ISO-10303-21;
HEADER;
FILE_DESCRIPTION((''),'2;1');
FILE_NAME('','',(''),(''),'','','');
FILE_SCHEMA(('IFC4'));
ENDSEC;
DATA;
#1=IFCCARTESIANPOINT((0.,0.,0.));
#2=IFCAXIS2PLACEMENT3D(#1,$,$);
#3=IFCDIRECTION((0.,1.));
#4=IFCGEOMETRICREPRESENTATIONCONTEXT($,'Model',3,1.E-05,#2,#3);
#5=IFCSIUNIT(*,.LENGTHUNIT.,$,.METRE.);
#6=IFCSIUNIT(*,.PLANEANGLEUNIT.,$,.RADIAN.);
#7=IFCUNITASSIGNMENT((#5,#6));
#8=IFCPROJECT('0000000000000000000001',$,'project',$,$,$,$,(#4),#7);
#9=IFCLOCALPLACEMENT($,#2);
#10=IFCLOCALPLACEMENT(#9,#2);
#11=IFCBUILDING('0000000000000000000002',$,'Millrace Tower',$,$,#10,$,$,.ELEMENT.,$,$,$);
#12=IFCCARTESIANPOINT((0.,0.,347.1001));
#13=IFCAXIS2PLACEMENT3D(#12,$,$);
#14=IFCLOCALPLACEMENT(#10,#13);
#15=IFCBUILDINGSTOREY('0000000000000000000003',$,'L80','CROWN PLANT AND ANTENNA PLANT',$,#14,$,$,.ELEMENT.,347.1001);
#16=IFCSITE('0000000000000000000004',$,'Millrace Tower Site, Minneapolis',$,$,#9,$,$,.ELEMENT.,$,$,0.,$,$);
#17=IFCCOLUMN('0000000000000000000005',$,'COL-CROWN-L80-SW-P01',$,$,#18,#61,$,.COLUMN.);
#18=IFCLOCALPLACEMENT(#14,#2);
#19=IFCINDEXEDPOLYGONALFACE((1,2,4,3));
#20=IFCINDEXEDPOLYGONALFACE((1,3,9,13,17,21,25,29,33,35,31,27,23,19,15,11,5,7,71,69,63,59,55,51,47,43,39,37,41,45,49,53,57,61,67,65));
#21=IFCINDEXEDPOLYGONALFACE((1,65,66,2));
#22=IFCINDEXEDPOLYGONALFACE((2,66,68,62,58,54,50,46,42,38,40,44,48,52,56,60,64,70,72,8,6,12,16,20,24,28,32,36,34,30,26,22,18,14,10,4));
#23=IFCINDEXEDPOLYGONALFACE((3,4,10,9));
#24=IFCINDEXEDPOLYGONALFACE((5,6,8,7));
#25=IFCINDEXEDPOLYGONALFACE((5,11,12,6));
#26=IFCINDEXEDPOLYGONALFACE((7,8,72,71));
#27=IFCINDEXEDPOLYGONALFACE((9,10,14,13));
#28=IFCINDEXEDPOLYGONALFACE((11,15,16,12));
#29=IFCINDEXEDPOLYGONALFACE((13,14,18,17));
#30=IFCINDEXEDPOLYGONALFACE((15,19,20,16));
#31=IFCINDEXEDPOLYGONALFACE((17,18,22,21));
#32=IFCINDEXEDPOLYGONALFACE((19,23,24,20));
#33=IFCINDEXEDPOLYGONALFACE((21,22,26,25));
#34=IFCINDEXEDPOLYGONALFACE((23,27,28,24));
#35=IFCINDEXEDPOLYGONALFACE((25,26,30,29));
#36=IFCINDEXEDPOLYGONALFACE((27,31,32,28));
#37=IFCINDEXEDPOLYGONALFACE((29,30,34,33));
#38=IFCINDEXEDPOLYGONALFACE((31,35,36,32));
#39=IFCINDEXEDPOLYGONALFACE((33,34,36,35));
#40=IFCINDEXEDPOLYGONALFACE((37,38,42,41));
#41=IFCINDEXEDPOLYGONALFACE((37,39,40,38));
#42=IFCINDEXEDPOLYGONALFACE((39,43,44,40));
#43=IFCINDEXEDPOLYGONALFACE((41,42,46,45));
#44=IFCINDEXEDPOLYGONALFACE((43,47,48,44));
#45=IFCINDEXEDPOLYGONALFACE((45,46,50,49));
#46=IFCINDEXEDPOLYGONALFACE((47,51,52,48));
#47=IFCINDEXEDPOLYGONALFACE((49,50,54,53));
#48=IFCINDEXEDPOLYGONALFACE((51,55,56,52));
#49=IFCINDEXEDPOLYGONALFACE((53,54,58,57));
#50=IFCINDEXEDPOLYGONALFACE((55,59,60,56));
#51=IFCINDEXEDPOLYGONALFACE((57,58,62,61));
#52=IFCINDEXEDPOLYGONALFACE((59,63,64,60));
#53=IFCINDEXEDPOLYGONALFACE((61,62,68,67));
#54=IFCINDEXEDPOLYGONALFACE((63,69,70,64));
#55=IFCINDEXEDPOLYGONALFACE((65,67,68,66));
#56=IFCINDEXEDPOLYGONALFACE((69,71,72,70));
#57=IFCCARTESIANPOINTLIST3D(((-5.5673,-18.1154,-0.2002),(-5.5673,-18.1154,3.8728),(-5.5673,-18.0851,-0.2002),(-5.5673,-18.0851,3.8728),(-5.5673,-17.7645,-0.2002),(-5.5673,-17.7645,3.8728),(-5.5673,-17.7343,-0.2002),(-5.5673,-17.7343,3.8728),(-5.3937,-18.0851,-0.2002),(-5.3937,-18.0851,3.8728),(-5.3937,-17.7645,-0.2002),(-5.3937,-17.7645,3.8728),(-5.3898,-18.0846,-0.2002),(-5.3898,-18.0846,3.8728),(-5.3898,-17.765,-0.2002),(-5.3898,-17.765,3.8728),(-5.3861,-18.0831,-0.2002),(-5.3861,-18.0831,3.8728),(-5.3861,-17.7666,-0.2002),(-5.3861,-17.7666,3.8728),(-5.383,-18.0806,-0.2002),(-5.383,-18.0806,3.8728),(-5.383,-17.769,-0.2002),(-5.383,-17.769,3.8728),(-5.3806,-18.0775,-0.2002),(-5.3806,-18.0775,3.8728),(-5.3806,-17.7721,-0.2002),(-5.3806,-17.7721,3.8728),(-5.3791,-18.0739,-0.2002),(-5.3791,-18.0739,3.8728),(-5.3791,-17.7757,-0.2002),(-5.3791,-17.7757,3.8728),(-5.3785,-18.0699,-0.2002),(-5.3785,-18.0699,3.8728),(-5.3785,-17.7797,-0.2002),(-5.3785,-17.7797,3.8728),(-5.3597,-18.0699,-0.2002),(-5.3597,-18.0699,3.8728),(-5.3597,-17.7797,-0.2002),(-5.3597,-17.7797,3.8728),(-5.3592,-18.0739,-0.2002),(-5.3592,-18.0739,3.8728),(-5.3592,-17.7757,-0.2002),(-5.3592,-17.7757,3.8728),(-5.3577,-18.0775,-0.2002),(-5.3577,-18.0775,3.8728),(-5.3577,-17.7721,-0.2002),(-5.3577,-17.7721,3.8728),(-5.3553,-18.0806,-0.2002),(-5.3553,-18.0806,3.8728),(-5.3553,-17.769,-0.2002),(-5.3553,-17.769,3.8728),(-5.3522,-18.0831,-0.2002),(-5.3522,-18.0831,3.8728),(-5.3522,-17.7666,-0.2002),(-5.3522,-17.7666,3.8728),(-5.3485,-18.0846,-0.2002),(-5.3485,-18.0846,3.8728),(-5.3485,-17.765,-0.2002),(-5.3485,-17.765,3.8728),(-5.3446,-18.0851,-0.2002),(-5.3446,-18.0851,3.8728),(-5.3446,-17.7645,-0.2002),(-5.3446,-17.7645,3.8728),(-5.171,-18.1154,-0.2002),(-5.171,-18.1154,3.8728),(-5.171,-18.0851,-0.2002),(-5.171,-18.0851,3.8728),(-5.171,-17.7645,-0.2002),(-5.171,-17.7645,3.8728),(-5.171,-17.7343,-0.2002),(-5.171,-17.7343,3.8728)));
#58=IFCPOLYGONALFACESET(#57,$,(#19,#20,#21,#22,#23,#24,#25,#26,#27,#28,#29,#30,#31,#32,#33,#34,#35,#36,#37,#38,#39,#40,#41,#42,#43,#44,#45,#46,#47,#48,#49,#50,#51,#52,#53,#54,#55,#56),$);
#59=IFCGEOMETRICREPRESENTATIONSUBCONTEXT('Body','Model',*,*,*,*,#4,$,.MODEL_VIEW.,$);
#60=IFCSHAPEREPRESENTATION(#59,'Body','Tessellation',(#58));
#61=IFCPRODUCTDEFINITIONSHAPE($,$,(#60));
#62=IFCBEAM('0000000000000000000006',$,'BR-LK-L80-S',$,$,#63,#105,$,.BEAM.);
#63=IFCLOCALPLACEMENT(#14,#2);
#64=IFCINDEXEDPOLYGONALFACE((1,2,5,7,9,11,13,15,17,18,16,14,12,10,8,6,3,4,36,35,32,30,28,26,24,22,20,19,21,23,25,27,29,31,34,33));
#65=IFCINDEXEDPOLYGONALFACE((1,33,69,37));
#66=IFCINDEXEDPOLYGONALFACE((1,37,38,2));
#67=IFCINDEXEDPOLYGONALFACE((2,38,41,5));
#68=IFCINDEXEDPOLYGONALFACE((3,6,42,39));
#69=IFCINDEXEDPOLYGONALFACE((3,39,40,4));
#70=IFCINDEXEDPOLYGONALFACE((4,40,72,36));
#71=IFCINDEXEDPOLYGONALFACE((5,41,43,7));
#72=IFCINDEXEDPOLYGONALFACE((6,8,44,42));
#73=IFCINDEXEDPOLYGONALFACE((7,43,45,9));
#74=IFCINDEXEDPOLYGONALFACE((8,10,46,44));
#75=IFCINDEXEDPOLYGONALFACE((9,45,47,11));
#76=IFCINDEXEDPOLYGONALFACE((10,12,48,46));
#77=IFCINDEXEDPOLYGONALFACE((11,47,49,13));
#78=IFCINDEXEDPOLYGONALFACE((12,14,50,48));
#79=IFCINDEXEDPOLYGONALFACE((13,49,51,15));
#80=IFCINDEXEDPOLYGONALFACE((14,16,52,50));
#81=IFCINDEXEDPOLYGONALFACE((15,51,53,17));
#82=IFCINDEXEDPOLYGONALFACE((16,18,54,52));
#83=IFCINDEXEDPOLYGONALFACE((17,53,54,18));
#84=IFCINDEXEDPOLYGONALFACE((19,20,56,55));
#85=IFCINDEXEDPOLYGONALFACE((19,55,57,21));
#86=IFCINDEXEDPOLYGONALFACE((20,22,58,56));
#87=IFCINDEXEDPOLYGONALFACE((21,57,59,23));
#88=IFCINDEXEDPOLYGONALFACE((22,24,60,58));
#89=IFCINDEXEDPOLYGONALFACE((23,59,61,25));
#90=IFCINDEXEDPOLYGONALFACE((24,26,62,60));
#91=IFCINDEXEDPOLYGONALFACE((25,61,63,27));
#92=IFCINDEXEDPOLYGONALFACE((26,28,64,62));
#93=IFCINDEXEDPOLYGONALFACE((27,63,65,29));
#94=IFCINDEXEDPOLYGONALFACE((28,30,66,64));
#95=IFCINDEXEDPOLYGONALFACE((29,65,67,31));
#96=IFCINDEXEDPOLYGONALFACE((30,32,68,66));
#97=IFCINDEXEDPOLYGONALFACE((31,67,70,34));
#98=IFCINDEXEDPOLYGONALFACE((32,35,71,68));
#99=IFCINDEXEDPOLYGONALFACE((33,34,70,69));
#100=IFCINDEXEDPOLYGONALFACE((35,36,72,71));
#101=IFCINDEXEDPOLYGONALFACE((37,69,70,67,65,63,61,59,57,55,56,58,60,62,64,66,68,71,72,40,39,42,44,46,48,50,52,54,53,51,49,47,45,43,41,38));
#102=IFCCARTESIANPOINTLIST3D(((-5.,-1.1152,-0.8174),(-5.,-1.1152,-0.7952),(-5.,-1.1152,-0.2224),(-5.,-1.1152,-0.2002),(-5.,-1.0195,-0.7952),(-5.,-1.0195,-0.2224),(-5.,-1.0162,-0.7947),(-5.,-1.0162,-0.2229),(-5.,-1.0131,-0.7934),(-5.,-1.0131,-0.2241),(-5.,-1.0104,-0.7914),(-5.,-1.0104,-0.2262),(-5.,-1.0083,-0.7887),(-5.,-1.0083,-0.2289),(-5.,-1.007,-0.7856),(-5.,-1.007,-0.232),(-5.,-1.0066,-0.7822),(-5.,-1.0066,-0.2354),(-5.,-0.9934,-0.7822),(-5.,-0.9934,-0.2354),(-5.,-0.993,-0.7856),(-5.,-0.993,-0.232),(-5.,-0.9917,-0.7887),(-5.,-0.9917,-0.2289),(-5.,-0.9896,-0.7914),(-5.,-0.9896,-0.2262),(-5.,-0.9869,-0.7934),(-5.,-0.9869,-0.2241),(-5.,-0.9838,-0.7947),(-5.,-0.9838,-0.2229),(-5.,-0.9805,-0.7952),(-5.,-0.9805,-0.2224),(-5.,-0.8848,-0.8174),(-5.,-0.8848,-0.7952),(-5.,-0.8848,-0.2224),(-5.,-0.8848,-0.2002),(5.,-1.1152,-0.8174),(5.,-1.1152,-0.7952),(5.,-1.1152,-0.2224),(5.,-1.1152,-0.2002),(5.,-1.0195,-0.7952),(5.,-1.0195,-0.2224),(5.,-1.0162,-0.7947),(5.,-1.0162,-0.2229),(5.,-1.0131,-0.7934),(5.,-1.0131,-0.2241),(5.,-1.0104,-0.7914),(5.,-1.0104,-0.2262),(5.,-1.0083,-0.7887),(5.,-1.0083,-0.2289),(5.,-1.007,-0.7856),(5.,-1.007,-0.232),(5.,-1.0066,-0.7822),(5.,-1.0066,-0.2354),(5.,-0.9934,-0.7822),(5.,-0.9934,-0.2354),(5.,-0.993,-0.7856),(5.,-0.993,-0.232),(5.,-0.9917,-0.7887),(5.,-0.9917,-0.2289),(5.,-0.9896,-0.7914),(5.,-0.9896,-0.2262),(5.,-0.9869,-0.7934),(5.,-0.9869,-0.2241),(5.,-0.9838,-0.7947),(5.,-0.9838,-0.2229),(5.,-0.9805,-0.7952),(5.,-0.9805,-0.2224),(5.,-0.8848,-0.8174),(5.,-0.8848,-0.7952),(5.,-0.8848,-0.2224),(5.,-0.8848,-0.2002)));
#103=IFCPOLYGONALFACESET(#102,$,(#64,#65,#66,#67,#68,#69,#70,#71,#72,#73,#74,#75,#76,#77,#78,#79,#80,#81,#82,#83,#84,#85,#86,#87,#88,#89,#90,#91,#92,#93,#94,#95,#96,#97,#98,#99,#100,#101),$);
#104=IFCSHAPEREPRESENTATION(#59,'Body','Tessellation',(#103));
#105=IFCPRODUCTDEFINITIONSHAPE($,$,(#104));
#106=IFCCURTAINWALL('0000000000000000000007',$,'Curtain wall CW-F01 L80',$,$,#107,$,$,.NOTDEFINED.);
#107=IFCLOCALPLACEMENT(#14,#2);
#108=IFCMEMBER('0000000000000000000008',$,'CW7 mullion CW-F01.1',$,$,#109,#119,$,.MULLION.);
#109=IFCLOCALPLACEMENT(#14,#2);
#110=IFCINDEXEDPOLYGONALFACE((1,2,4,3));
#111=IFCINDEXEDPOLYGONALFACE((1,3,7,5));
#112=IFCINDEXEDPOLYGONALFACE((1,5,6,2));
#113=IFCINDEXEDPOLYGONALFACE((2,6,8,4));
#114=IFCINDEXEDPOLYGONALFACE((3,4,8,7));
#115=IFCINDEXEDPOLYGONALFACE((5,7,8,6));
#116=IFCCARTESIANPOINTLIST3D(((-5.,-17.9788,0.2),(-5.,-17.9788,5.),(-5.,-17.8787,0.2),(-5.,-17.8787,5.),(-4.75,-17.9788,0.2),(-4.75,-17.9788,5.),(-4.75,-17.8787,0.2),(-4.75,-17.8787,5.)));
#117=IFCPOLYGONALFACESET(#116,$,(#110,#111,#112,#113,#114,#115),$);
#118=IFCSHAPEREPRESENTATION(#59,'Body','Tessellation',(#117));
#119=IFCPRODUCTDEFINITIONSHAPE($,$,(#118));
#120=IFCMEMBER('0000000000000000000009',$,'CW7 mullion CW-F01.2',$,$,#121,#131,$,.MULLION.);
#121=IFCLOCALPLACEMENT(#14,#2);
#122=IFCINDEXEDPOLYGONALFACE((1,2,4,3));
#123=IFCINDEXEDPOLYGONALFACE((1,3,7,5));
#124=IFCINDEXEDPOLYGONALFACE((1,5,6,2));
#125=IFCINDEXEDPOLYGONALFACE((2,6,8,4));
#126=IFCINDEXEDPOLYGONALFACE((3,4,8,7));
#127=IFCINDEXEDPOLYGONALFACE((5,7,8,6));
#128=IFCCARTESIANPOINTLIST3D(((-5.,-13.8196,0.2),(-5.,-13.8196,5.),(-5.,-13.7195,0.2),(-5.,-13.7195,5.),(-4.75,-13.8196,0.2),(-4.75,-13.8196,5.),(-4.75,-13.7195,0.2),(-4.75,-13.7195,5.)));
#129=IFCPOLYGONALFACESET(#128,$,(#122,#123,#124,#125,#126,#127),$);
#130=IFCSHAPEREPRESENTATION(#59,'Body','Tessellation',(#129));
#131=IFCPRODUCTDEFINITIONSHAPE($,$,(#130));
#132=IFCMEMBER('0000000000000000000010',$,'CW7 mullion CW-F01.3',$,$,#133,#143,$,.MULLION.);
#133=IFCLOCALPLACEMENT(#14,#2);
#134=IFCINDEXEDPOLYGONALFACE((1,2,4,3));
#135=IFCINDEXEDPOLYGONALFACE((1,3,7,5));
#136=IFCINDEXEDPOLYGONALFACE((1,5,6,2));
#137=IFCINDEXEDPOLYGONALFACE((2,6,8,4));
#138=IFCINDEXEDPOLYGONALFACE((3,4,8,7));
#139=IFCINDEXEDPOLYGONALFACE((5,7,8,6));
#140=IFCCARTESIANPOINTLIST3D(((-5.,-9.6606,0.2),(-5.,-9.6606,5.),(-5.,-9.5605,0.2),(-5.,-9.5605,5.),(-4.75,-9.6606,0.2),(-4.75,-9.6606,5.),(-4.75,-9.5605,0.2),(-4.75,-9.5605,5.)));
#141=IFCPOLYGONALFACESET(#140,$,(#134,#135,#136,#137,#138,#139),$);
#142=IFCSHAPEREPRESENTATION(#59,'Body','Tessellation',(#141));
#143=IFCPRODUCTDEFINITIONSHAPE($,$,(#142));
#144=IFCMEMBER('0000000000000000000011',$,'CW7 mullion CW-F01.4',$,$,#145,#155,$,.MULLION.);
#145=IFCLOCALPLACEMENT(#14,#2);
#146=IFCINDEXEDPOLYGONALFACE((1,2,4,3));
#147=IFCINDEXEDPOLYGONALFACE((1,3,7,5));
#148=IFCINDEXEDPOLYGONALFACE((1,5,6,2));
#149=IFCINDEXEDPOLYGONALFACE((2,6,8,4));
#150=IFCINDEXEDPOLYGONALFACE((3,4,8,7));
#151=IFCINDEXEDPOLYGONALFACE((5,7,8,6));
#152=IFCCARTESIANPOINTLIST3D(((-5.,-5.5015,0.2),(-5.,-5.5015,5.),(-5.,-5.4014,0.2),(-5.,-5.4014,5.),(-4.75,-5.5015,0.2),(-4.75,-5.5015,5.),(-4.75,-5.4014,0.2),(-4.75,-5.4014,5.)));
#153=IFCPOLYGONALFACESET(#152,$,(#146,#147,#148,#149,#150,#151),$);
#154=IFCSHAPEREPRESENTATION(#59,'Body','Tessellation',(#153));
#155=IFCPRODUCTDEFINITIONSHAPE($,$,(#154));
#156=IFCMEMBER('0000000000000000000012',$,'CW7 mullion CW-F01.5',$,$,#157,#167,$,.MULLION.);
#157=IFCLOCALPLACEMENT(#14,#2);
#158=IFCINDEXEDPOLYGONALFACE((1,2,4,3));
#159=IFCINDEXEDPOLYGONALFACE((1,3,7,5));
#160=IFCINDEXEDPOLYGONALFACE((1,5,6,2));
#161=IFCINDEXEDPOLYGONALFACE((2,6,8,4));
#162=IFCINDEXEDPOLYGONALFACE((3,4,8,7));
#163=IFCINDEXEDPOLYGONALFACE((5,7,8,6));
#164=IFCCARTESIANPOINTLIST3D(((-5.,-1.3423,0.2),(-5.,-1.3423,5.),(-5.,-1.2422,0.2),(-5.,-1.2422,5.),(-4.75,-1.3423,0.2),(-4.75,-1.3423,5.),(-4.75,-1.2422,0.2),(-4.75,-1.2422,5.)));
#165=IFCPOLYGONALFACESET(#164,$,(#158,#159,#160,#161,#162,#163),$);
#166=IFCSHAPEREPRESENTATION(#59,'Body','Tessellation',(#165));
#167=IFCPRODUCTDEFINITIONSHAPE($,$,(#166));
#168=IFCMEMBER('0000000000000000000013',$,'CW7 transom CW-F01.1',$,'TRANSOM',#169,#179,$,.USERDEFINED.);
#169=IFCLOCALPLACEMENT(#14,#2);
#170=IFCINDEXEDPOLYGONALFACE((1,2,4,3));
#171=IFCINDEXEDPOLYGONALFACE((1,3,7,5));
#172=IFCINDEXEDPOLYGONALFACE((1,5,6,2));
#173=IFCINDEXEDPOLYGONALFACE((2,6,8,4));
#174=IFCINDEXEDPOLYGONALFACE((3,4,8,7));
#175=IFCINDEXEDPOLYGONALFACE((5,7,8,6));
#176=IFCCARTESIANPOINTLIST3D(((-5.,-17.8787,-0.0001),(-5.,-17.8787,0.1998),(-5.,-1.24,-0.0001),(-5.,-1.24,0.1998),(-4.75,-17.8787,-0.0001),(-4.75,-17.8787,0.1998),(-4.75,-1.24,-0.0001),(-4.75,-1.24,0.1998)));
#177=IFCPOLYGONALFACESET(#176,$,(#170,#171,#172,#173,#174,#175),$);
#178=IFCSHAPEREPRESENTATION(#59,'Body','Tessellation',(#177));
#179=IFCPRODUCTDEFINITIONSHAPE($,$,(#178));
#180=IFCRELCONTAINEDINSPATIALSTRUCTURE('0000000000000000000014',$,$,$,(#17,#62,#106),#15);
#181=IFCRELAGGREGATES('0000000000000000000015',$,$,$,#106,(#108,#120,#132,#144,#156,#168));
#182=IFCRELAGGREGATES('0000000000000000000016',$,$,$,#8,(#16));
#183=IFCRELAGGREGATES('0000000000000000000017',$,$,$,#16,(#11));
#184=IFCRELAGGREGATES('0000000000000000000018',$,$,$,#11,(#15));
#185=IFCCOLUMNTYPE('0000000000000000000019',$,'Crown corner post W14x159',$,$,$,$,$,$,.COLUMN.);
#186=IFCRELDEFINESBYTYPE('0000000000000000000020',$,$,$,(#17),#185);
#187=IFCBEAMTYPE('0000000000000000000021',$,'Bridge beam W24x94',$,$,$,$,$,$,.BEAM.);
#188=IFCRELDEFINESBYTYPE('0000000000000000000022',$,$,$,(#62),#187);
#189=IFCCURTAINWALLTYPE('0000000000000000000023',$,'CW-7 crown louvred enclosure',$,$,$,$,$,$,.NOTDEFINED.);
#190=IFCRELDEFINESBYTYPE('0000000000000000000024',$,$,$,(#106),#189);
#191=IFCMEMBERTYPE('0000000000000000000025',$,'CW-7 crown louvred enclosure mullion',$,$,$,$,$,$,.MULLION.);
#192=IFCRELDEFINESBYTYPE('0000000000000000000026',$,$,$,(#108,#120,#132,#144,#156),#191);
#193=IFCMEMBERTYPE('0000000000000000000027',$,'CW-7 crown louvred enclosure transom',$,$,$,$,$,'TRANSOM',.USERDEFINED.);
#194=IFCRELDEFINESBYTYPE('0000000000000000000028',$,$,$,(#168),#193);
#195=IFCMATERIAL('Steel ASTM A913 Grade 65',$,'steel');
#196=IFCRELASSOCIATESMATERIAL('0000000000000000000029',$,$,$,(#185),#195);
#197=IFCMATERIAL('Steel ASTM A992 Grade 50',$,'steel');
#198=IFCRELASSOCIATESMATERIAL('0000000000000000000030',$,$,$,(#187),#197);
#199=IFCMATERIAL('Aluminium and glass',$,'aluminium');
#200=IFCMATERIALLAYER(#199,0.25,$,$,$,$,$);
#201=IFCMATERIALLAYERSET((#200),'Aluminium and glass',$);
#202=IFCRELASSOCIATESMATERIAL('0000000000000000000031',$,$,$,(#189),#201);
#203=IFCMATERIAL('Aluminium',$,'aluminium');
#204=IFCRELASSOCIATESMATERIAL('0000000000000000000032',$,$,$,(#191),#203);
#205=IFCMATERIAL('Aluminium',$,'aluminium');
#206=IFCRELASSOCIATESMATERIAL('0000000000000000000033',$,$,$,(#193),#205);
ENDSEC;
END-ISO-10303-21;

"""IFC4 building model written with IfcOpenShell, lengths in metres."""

from ifc_helpers import new_model, si_unit, direction, frame, origin, origin_2d, place, context, subcontext, project, spatial, rectangle, i_section, extrude, material, layer, layer_set, material_profile, profile_set, type_object, element, aggregate, save


model = new_model("IFC4")

# Units and contexts
model_context = context("Model", 3, precision=1e-05, world=origin(), true_north=direction((0.0, 1.0)))
body_context = subcontext(model_context, "Body", "Model", "MODEL_VIEW")
ifc_project = project(units=[si_unit("LENGTHUNIT", "METRE"), si_unit("PLANEANGLEUNIT", "RADIAN")], contexts=[model_context])

# Site, building, storey
site_placement = place(None, origin())
site = spatial("IfcSite", under=ifc_project, at=site_placement, Name="Millrace Tower Site, Minneapolis", CompositionType="ELEMENT", RefElevation=0.0)
building_placement = place(site_placement, origin())
building = spatial("IfcBuilding", under=site, at=building_placement, Name="Millrace Tower", CompositionType="ELEMENT")
storey_placement = place(building_placement, frame((0.0, 0.0, 347.1001)))
storey = spatial("IfcBuildingStorey", under=building, at=storey_placement, Name="L80", Description="CROWN PLANT AND ANTENNA PLANT", CompositionType="ELEMENT", Elevation=347.1001)

# Column
ifc_material_1 = material(Name="Steel ASTM A913 Grade 65", Category="steel")
ifc_material_profile_1 = material_profile(ifc_material_1, i_section(OverallWidth=0.3962, OverallDepth=0.3811, WebThickness=0.0188, FlangeThickness=0.0303, FilletRadius=0.0151, at=origin_2d()))
ifc_profile_set_1 = profile_set([ifc_material_profile_1], Name="Steel ASTM A913 Grade 65")
column_type = type_object("IfcColumnType", Name="Crown corner post W14x159", PredefinedType="COLUMN", material=ifc_profile_set_1)
column_placement = place(storey_placement, frame((-5.3691, -17.9248, -0.2002), z_axis=(0.0, 0.0, 1.0), x_axis=(1.0, 0.0, 0.0)))
element("IfcColumn", 1, at=column_placement, inside=storey, type_object=column_type, Name="COL-CROWN-L80-SW-P01", PredefinedType="COLUMN", context=body_context, shape_type="SweptSolid", body=[
    extrude(i_section(OverallWidth=0.3962, OverallDepth=0.3811, WebThickness=0.0188, FlangeThickness=0.0303, FilletRadius=0.0151, at=origin_2d()), origin(), (0.0, 0.0, 1.0), 4.073),
])

# Beam
ifc_material_2 = material(Name="Steel ASTM A992 Grade 50", Category="steel")
ifc_material_profile_2 = material_profile(ifc_material_2, i_section(OverallWidth=0.2305, OverallDepth=0.6172, WebThickness=0.0132, FlangeThickness=0.0222, FilletRadius=0.0129, at=origin_2d()))
ifc_profile_set_2 = profile_set([ifc_material_profile_2], Name="Steel ASTM A992 Grade 50")
beam_type_1 = type_object("IfcBeamType", Name="Bridge beam W24x94", PredefinedType="BEAM", material=ifc_profile_set_2)
beam_1_placement = place(storey_placement, frame((-5.0, -1.0, -0.5088), z_axis=(1.0, 0.0, 0.0), x_axis=(0.0, 1.0, 0.0)))
element("IfcBeam", 2, at=beam_1_placement, inside=storey, type_object=beam_type_1, Name="BR-LK-L80-S", PredefinedType="BEAM", context=body_context, shape_type="SweptSolid", body=[
    extrude(i_section(OverallWidth=0.2305, OverallDepth=0.6172, WebThickness=0.0132, FlangeThickness=0.0222, FilletRadius=0.0129, at=origin_2d()), origin(), (0.0, 0.0, 1.0), 10.0),
])

# Curtain wall, members
ifc_material_3 = material(Name="Aluminium and glass", Category="aluminium")
ifc_layer_1 = layer(ifc_material_3, 0.25)
ifc_layer_set_1 = layer_set([ifc_layer_1], Name="Aluminium and glass")
curtain_wall_type = type_object("IfcCurtainWallType", Name="CW-7 crown louvred enclosure", PredefinedType="NOTDEFINED", material=ifc_layer_set_1)
curtain_wall_placement = place(storey_placement, origin())
curtain_wall = element("IfcCurtainWall", 3, at=curtain_wall_placement, inside=storey, type_object=curtain_wall_type, Name="Curtain wall CW-F01 L80", PredefinedType="NOTDEFINED")
ifc_material_4 = material(Name="Aluminium", Category="aluminium")
ifc_material_profile_3 = material_profile(ifc_material_4, rectangle(XDim=0.1001, YDim=0.25, at=origin_2d()))
ifc_profile_set_3 = profile_set([ifc_material_profile_3], Name="Aluminium")
member_type_1 = type_object("IfcMemberType", Name="CW-7 crown louvred enclosure mullion", PredefinedType="MULLION", material=ifc_profile_set_3)
member_1_placement = place(storey_placement, frame((-4.875, -17.9287, 0.2), z_axis=(0.0, 0.0, 1.0), x_axis=(0.0, 1.0, 0.0)))
member_1 = element("IfcMember", 4, at=member_1_placement, type_object=member_type_1, Name="CW7 mullion CW-F01.1", PredefinedType="MULLION", context=body_context, shape_type="SweptSolid", body=[
    extrude(rectangle(XDim=0.1001, YDim=0.25, at=origin_2d()), origin(), (0.0, 0.0, 1.0), 4.8),
])
member_2_placement = place(storey_placement, frame((-4.875, -13.7695, 0.2), z_axis=(0.0, 0.0, 1.0), x_axis=(0.0, 1.0, 0.0)))
member_2 = element("IfcMember", 5, at=member_2_placement, type_object=member_type_1, Name="CW7 mullion CW-F01.2", PredefinedType="MULLION", context=body_context, shape_type="SweptSolid", body=[
    extrude(rectangle(XDim=0.1001, YDim=0.25, at=origin_2d()), origin(), (0.0, 0.0, 1.0), 4.8),
])
member_3_placement = place(storey_placement, frame((-4.875, -9.6106, 0.2), z_axis=(0.0, 0.0, 1.0), x_axis=(0.0, 1.0, 0.0)))
member_3 = element("IfcMember", 6, at=member_3_placement, type_object=member_type_1, Name="CW7 mullion CW-F01.3", PredefinedType="MULLION", context=body_context, shape_type="SweptSolid", body=[
    extrude(rectangle(XDim=0.1001, YDim=0.25, at=origin_2d()), origin(), (0.0, 0.0, 1.0), 4.8),
])
member_4_placement = place(storey_placement, frame((-4.875, -5.4514, 0.2), z_axis=(0.0, 0.0, 1.0), x_axis=(0.0, 1.0, 0.0)))
member_4 = element("IfcMember", 7, at=member_4_placement, type_object=member_type_1, Name="CW7 mullion CW-F01.4", PredefinedType="MULLION", context=body_context, shape_type="SweptSolid", body=[
    extrude(rectangle(XDim=0.1001, YDim=0.25, at=origin_2d()), origin(), (0.0, 0.0, 1.0), 4.8),
])
member_5_placement = place(storey_placement, frame((-4.875, -1.2922, 0.2), z_axis=(0.0, 0.0, 1.0), x_axis=(0.0, 1.0, 0.0)))
member_5 = element("IfcMember", 8, at=member_5_placement, type_object=member_type_1, Name="CW7 mullion CW-F01.5", PredefinedType="MULLION", context=body_context, shape_type="SweptSolid", body=[
    extrude(rectangle(XDim=0.1001, YDim=0.25, at=origin_2d()), origin(), (0.0, 0.0, 1.0), 4.8),
])
ifc_material_5 = material(Name="Aluminium", Category="aluminium")
ifc_material_profile_4 = material_profile(ifc_material_5, rectangle(XDim=0.25, YDim=0.2, at=origin_2d()))
ifc_profile_set_4 = profile_set([ifc_material_profile_4], Name="Aluminium")
member_type_2 = type_object("IfcMemberType", Name="CW-7 crown louvred enclosure transom", ElementType="TRANSOM", PredefinedType="USERDEFINED", material=ifc_profile_set_4)
member_6_placement = place(storey_placement, frame((-4.875, -17.8787, 0.0999), z_axis=(0.0, 1.0, 0.0), x_axis=(-1.0, 0.0, 0.0)))
member_6 = element("IfcMember", 9, at=member_6_placement, type_object=member_type_2, Name="CW7 transom CW-F01.1", ObjectType="TRANSOM", PredefinedType="USERDEFINED", context=body_context, shape_type="SweptSolid", body=[
    extrude(rectangle(XDim=0.25, YDim=0.2, at=origin_2d()), origin(), (0.0, 0.0, 1.0), 16.6387),
])
aggregate(curtain_wall, [member_1, member_2, member_3, member_4, member_5, member_6])

save(model, "model.ifc")
